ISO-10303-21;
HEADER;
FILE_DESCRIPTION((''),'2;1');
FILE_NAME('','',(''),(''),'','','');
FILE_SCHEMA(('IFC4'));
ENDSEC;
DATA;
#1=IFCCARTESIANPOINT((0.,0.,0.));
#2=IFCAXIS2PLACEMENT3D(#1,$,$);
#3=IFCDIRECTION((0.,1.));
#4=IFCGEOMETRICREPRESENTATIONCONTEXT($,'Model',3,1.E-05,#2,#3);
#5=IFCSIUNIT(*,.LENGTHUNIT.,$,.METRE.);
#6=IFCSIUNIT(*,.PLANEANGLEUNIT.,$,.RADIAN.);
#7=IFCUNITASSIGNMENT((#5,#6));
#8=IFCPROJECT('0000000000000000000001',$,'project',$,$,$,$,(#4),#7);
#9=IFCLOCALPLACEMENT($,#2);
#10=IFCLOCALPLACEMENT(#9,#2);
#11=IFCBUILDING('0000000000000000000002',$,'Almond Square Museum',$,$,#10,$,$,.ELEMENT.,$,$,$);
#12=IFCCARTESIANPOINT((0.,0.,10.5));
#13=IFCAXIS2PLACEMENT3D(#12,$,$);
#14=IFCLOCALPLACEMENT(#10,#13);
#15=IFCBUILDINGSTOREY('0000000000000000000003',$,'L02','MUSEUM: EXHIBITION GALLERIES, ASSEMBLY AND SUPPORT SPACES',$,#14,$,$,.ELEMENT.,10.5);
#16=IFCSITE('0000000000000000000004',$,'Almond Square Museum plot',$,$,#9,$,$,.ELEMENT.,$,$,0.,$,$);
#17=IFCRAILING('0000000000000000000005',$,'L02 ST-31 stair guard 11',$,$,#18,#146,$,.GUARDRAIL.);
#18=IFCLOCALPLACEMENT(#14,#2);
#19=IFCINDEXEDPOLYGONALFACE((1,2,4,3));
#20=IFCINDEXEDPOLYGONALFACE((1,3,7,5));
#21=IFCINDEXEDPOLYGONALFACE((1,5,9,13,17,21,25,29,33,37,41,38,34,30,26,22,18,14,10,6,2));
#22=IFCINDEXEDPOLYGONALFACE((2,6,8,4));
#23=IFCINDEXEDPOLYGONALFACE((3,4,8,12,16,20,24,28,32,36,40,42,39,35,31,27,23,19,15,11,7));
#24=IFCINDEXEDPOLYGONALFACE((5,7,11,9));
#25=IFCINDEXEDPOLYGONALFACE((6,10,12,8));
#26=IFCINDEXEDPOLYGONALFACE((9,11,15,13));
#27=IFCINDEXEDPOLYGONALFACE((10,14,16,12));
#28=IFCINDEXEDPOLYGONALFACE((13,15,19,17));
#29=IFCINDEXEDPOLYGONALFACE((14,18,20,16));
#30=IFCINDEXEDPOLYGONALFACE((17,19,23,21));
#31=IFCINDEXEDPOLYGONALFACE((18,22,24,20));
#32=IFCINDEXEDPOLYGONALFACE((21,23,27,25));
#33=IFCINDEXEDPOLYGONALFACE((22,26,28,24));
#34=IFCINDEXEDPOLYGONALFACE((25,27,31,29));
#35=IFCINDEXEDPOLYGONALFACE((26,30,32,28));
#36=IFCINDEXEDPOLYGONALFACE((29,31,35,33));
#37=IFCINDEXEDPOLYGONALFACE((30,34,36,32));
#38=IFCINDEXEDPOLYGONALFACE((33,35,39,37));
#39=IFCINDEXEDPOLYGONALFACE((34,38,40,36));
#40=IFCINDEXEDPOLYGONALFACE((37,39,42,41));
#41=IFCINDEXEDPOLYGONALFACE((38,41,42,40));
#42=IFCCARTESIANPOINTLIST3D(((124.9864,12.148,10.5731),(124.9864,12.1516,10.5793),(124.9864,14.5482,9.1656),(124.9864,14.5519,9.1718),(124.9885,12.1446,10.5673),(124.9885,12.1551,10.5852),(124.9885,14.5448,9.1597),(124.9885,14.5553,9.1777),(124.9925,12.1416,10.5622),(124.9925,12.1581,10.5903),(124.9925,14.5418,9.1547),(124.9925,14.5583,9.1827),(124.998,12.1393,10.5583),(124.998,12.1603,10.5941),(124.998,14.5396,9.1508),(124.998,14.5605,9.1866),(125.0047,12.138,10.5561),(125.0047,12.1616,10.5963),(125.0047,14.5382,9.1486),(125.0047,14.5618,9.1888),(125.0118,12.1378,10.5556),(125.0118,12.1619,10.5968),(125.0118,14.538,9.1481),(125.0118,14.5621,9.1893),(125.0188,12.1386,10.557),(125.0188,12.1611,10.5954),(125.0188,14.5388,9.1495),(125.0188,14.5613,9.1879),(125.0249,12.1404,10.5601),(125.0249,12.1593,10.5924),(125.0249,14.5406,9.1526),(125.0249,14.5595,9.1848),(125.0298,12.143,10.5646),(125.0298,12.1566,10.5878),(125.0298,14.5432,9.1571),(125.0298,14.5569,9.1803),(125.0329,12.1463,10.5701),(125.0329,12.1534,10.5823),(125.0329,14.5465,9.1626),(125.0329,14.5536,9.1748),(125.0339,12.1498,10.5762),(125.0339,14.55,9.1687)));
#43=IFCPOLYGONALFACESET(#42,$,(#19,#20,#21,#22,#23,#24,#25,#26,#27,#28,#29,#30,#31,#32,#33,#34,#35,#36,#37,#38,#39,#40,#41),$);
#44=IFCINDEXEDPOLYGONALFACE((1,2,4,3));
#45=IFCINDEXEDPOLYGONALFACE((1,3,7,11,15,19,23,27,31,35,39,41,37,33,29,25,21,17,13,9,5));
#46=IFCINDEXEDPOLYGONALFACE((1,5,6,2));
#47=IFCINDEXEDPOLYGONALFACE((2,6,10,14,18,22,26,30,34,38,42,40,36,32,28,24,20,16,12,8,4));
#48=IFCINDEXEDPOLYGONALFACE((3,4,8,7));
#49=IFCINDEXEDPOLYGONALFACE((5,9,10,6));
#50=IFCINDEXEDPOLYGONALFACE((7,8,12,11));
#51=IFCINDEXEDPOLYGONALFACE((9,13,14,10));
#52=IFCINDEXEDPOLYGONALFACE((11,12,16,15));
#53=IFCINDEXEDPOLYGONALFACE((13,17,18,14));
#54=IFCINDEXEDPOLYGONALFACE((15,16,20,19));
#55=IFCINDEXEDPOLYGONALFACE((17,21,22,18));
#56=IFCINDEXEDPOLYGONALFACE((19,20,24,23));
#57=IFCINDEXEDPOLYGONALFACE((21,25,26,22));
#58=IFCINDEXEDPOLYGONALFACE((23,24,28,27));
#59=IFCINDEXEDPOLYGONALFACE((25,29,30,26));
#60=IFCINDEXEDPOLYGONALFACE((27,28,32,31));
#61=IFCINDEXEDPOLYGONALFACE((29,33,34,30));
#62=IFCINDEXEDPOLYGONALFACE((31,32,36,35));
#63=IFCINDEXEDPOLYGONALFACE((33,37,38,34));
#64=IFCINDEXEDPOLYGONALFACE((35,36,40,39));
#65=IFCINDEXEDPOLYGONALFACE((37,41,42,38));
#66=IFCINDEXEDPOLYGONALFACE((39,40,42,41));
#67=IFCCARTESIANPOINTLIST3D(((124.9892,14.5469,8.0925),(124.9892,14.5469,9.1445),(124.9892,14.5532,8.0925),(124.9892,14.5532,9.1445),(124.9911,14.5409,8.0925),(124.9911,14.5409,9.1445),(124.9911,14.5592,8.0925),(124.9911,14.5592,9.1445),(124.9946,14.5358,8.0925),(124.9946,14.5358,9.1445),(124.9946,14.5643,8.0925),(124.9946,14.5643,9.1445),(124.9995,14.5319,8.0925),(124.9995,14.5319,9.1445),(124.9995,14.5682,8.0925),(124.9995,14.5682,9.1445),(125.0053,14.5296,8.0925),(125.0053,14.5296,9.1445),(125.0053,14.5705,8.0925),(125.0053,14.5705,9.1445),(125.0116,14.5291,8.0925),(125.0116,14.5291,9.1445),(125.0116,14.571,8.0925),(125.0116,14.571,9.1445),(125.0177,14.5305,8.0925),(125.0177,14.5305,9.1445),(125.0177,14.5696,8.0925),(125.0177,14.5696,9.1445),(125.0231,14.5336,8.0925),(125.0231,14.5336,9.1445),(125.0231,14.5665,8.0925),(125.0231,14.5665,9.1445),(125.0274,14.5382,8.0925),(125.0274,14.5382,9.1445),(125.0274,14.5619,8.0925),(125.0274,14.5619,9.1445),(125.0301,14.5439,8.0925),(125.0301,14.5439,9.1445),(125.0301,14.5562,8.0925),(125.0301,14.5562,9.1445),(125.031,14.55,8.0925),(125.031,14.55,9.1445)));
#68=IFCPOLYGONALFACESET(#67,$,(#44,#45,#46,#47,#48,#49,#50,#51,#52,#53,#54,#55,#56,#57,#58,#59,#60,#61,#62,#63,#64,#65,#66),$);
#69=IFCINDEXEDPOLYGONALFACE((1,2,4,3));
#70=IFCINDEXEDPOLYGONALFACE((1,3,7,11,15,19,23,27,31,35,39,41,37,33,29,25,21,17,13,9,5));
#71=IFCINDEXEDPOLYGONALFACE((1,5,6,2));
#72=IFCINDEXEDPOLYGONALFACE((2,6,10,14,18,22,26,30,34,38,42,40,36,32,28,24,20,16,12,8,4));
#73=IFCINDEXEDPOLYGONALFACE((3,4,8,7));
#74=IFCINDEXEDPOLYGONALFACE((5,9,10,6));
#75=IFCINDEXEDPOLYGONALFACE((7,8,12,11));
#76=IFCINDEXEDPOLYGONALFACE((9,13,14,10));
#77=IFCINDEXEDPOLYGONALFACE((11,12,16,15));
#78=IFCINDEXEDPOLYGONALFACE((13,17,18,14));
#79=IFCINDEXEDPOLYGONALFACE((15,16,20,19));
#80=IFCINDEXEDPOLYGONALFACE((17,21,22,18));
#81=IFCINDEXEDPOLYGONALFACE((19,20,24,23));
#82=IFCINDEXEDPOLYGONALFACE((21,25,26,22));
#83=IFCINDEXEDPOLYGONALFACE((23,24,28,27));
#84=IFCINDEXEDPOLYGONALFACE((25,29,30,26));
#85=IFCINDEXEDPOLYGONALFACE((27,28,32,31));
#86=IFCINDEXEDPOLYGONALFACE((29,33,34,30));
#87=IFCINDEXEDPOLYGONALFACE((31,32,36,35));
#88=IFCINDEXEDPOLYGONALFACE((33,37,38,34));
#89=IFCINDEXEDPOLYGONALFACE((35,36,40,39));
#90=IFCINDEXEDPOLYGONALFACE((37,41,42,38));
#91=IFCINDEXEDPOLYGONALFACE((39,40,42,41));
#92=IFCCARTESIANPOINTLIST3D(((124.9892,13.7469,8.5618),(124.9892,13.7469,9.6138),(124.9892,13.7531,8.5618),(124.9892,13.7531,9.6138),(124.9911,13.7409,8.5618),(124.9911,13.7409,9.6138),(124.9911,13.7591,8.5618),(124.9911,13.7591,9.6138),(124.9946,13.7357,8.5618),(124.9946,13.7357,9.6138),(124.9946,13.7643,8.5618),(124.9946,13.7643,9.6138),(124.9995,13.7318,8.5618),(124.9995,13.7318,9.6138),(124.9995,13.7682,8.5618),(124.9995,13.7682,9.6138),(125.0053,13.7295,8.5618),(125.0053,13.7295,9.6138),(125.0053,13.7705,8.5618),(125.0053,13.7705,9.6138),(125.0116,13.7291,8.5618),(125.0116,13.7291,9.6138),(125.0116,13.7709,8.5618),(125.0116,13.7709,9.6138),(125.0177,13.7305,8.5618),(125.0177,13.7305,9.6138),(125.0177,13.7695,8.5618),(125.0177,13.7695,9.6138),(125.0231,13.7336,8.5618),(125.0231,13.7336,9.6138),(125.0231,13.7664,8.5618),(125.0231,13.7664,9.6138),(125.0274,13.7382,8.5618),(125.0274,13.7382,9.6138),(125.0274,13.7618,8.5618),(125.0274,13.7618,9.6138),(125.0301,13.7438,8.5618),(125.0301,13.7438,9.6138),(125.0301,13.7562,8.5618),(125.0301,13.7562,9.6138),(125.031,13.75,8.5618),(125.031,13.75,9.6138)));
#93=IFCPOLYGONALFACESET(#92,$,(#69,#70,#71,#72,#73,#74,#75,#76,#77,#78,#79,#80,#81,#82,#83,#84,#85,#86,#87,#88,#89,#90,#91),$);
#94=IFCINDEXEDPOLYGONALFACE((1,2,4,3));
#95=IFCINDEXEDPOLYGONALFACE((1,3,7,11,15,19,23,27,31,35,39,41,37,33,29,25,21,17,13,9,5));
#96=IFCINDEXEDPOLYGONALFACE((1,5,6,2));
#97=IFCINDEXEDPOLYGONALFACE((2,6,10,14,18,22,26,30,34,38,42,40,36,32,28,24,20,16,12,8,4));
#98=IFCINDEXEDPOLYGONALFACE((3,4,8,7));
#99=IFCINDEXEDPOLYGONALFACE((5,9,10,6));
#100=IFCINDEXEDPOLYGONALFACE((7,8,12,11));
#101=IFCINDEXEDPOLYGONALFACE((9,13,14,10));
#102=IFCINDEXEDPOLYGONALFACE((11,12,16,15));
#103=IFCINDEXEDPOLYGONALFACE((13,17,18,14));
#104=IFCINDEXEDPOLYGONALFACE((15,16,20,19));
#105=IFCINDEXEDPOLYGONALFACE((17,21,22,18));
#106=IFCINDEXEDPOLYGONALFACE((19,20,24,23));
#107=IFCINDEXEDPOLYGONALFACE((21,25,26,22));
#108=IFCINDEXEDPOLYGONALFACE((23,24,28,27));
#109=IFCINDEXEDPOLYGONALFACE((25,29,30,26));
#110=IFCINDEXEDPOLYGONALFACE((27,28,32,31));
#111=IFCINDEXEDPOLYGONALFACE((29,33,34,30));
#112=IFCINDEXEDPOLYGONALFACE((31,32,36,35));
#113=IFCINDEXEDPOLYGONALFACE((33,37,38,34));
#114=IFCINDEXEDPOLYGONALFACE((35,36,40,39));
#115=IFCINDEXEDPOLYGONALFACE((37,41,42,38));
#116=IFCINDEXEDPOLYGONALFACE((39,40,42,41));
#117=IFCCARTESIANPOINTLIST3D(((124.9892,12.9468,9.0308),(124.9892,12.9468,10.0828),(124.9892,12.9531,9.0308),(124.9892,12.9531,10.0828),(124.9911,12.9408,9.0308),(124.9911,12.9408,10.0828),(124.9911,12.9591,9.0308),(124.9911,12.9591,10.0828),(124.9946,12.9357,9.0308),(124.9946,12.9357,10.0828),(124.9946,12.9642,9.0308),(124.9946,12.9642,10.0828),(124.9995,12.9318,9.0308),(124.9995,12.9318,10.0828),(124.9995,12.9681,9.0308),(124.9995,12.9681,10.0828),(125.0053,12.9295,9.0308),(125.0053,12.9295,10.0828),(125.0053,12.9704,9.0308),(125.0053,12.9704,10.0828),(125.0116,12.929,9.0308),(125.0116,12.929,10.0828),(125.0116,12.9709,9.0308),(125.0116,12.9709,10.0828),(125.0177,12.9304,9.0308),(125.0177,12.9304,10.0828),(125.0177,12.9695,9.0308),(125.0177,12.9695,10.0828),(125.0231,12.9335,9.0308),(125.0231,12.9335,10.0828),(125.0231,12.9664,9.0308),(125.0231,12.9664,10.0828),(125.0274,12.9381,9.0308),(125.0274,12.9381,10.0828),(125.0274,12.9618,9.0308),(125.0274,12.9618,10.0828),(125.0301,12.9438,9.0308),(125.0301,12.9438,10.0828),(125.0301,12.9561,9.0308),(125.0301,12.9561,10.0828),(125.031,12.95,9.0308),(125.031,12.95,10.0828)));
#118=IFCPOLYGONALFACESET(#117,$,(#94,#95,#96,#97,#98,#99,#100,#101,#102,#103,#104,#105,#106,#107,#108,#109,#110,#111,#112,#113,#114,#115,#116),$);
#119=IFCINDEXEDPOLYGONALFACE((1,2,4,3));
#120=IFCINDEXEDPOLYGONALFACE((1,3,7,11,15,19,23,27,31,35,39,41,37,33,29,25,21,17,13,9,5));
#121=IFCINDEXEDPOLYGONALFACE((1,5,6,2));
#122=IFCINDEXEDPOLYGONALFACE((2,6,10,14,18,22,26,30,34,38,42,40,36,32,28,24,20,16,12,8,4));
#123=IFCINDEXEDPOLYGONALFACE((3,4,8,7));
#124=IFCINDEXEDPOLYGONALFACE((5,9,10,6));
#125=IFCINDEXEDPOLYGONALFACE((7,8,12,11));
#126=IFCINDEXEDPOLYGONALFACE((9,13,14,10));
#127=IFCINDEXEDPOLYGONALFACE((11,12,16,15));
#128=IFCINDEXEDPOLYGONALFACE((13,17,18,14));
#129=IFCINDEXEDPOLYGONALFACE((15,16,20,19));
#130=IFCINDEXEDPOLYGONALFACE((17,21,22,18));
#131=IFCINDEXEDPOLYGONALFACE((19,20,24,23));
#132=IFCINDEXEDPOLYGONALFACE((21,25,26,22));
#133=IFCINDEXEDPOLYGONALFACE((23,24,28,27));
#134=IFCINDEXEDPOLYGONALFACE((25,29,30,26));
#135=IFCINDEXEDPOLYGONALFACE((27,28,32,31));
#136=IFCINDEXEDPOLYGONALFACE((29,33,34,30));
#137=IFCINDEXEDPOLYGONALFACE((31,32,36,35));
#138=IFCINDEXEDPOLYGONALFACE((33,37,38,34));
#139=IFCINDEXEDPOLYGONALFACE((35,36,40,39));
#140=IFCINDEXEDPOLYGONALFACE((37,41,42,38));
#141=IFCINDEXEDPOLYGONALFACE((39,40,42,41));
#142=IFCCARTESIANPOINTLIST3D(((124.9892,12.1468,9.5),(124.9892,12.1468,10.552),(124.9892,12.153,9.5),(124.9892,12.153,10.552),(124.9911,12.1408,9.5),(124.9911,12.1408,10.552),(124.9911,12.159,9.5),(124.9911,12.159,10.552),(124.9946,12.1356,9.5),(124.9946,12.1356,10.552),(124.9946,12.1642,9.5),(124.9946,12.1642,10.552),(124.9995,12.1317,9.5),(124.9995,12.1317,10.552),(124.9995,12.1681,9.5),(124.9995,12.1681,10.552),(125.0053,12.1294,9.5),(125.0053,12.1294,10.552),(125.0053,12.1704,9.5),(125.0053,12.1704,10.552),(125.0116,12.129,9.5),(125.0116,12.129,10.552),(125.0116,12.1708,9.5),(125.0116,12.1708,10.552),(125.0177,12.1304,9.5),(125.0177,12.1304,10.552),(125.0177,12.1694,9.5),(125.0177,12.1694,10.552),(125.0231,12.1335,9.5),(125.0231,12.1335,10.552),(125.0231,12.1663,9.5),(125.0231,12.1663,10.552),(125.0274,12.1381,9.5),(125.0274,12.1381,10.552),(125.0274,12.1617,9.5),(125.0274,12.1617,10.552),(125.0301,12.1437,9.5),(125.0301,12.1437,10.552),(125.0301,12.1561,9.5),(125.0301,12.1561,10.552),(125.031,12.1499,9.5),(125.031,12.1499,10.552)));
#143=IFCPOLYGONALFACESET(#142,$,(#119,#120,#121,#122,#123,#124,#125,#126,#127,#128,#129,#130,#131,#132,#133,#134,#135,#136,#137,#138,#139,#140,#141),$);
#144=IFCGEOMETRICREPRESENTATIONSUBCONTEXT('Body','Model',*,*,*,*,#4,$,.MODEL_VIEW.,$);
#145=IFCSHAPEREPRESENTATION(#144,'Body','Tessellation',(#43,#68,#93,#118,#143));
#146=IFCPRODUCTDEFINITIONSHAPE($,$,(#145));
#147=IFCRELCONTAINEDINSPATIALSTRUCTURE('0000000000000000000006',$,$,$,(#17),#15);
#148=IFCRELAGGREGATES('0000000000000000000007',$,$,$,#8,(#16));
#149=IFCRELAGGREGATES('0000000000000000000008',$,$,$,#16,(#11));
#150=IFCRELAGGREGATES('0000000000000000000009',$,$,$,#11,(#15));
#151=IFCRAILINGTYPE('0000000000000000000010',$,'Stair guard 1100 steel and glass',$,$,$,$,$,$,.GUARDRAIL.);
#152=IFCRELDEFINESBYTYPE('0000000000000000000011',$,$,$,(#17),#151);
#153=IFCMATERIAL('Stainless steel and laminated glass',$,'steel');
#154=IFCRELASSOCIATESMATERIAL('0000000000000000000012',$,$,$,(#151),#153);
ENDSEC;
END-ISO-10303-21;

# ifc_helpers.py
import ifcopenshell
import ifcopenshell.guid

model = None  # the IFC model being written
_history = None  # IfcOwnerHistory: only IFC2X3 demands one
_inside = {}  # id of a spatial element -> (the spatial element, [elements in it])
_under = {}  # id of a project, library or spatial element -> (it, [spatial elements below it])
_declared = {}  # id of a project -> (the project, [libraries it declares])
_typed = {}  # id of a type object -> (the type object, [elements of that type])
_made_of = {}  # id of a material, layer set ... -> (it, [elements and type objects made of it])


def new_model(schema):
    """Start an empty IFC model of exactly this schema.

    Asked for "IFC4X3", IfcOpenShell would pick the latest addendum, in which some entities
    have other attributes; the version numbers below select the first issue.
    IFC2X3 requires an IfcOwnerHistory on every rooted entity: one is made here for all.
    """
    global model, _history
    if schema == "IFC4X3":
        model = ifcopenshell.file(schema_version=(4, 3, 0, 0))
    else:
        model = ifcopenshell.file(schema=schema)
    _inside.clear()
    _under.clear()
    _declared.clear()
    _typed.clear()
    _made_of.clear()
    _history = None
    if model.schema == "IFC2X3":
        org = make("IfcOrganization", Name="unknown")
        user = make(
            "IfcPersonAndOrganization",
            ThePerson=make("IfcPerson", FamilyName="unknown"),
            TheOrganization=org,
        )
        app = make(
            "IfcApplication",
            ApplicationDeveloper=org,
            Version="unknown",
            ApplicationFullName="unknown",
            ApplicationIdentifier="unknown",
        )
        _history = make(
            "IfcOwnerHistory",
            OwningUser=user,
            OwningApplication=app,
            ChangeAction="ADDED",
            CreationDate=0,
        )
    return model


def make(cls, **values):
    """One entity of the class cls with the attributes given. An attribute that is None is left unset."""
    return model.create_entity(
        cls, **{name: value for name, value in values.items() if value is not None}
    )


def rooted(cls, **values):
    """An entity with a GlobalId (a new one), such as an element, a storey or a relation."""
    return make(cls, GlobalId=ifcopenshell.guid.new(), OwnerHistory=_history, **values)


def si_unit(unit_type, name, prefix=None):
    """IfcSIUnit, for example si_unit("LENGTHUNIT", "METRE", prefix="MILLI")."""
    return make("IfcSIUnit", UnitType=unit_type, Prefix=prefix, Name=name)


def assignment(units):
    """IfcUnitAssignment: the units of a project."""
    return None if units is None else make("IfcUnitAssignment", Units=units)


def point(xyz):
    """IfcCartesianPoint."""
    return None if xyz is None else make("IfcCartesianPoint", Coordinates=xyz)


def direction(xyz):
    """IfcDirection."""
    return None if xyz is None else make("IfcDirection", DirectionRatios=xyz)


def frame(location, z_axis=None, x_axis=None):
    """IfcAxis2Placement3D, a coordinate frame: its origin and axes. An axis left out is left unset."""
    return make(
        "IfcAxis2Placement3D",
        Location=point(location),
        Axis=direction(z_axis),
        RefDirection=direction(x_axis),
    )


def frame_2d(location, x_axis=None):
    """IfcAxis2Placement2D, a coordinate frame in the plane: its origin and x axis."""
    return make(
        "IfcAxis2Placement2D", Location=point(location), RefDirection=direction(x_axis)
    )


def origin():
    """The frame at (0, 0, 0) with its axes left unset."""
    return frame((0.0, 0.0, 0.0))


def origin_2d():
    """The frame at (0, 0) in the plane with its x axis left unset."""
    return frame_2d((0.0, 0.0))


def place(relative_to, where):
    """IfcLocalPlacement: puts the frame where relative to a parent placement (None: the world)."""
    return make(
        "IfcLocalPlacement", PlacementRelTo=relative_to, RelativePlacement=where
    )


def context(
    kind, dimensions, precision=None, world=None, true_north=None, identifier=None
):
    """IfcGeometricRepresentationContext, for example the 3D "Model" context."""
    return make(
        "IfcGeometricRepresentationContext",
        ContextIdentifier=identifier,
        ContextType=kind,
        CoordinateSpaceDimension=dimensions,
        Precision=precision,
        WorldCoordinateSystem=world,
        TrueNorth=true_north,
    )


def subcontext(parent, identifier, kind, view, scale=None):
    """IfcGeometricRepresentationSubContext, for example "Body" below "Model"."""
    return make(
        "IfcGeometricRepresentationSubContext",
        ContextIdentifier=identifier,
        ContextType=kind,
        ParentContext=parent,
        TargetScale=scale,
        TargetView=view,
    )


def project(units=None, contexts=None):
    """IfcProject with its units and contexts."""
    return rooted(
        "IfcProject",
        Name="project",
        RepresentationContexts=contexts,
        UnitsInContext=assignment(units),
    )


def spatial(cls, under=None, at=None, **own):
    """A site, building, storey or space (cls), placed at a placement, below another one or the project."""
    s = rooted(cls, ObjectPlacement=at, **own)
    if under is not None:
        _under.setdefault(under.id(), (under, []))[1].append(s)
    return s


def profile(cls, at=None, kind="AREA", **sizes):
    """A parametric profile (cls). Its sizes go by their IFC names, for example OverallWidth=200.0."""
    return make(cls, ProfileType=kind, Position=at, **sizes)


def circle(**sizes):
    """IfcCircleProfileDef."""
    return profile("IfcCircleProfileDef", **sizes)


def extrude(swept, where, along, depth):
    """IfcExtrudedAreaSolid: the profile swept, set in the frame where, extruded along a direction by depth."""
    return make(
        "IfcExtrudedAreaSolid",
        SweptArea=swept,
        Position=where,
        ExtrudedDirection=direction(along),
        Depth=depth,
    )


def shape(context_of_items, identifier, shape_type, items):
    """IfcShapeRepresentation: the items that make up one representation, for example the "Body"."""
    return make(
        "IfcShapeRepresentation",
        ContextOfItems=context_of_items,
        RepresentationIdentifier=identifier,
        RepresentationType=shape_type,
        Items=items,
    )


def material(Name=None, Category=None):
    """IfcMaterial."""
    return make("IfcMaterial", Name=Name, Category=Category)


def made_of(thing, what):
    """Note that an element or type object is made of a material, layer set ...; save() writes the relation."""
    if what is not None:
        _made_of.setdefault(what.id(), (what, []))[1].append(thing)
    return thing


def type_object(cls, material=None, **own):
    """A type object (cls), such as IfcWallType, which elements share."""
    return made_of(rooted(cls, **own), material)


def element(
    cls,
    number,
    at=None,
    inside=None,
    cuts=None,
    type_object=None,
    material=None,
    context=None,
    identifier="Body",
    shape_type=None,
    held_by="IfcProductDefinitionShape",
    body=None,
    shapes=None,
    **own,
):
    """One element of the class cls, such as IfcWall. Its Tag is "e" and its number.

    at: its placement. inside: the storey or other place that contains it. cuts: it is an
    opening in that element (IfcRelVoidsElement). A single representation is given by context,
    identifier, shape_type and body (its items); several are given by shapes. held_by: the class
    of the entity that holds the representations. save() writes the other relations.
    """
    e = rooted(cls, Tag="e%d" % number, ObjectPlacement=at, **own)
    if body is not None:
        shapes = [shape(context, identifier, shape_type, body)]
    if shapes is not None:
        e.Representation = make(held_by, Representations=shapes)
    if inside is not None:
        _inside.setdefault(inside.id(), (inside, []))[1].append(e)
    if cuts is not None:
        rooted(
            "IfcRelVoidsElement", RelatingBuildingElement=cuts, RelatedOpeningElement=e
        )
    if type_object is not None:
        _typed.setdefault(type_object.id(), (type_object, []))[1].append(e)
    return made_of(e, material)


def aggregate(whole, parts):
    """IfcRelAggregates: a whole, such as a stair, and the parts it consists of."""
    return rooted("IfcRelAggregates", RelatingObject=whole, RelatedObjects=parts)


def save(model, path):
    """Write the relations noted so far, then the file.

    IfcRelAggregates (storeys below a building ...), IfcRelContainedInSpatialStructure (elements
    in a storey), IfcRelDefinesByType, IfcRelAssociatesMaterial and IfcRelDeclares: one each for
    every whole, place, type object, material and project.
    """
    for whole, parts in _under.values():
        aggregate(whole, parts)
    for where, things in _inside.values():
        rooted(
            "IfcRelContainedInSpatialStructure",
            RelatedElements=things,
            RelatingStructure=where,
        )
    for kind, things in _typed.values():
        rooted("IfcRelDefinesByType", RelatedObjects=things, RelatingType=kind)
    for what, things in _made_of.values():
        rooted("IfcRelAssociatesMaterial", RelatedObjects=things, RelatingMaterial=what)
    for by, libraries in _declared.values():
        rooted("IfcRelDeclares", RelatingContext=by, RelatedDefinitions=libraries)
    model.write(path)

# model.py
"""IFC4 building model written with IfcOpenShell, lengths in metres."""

from ifc_helpers import new_model, si_unit, direction, frame, origin, origin_2d, place, context, subcontext, project, spatial, circle, extrude, material, type_object, element, save


model = new_model("IFC4")

# Units and contexts
model_context = context("Model", 3, precision=1e-05, world=origin(), true_north=direction((0.0, 1.0)))
body_context = subcontext(model_context, "Body", "Model", "MODEL_VIEW")
ifc_project = project(units=[si_unit("LENGTHUNIT", "METRE"), si_unit("PLANEANGLEUNIT", "RADIAN")], contexts=[model_context])

# Site, building, storey
site_placement = place(None, origin())
site = spatial("IfcSite", under=ifc_project, at=site_placement, Name="Almond Square Museum plot", CompositionType="ELEMENT", RefElevation=0.0)
building_placement = place(site_placement, origin())
building = spatial("IfcBuilding", under=site, at=building_placement, Name="Almond Square Museum", CompositionType="ELEMENT")
storey_placement = place(building_placement, frame((0.0, 0.0, 10.5)))
storey = spatial("IfcBuildingStorey", under=building, at=storey_placement, Name="L02", Description="MUSEUM: EXHIBITION GALLERIES, ASSEMBLY AND SUPPORT SPACES", CompositionType="ELEMENT", Elevation=10.5)

# Railing
ifc_material_1 = material(Name="Stainless steel and laminated glass", Category="steel")
railing_type_1 = type_object("IfcRailingType", Name="Stair guard 1100 steel and glass", PredefinedType="GUARDRAIL", material=ifc_material_1)
railing_1_placement = place(storey_placement, frame((125.01, 14.55, 8.0925)))
element("IfcRailing", 1, at=railing_1_placement, inside=storey, type_object=railing_type_1, Name="L02 ST-31 stair guard 11", PredefinedType="GUARDRAIL", context=body_context, shape_type="SweptSolid", body=[
    extrude(circle(Radius=0.0239, at=origin_2d()), frame((0.0, 0.0, 1.0762), z_axis=(0.0, -0.862621, 0.50585), x_axis=(1.0, 0.0, 0.0)), (0.0, 0.0, 1.0), 2.7825),
    extrude(circle(Radius=0.021, at=origin_2d()), origin(), (0.0, 0.0, 1.0), 1.052),
    extrude(circle(Radius=0.021, at=origin_2d()), frame((0.0, -0.8, 0.4692)), (0.0, 0.0, 1.0), 1.052),
    extrude(circle(Radius=0.021, at=origin_2d()), frame((0.0, -1.6001, 0.9382)), (0.0, 0.0, 1.0), 1.052),
    extrude(circle(Radius=0.021, at=origin_2d()), frame((0.0, -2.4001, 1.4075)), (0.0, 0.0, 1.0), 1.052),
])

save(model, "model.ifc")
